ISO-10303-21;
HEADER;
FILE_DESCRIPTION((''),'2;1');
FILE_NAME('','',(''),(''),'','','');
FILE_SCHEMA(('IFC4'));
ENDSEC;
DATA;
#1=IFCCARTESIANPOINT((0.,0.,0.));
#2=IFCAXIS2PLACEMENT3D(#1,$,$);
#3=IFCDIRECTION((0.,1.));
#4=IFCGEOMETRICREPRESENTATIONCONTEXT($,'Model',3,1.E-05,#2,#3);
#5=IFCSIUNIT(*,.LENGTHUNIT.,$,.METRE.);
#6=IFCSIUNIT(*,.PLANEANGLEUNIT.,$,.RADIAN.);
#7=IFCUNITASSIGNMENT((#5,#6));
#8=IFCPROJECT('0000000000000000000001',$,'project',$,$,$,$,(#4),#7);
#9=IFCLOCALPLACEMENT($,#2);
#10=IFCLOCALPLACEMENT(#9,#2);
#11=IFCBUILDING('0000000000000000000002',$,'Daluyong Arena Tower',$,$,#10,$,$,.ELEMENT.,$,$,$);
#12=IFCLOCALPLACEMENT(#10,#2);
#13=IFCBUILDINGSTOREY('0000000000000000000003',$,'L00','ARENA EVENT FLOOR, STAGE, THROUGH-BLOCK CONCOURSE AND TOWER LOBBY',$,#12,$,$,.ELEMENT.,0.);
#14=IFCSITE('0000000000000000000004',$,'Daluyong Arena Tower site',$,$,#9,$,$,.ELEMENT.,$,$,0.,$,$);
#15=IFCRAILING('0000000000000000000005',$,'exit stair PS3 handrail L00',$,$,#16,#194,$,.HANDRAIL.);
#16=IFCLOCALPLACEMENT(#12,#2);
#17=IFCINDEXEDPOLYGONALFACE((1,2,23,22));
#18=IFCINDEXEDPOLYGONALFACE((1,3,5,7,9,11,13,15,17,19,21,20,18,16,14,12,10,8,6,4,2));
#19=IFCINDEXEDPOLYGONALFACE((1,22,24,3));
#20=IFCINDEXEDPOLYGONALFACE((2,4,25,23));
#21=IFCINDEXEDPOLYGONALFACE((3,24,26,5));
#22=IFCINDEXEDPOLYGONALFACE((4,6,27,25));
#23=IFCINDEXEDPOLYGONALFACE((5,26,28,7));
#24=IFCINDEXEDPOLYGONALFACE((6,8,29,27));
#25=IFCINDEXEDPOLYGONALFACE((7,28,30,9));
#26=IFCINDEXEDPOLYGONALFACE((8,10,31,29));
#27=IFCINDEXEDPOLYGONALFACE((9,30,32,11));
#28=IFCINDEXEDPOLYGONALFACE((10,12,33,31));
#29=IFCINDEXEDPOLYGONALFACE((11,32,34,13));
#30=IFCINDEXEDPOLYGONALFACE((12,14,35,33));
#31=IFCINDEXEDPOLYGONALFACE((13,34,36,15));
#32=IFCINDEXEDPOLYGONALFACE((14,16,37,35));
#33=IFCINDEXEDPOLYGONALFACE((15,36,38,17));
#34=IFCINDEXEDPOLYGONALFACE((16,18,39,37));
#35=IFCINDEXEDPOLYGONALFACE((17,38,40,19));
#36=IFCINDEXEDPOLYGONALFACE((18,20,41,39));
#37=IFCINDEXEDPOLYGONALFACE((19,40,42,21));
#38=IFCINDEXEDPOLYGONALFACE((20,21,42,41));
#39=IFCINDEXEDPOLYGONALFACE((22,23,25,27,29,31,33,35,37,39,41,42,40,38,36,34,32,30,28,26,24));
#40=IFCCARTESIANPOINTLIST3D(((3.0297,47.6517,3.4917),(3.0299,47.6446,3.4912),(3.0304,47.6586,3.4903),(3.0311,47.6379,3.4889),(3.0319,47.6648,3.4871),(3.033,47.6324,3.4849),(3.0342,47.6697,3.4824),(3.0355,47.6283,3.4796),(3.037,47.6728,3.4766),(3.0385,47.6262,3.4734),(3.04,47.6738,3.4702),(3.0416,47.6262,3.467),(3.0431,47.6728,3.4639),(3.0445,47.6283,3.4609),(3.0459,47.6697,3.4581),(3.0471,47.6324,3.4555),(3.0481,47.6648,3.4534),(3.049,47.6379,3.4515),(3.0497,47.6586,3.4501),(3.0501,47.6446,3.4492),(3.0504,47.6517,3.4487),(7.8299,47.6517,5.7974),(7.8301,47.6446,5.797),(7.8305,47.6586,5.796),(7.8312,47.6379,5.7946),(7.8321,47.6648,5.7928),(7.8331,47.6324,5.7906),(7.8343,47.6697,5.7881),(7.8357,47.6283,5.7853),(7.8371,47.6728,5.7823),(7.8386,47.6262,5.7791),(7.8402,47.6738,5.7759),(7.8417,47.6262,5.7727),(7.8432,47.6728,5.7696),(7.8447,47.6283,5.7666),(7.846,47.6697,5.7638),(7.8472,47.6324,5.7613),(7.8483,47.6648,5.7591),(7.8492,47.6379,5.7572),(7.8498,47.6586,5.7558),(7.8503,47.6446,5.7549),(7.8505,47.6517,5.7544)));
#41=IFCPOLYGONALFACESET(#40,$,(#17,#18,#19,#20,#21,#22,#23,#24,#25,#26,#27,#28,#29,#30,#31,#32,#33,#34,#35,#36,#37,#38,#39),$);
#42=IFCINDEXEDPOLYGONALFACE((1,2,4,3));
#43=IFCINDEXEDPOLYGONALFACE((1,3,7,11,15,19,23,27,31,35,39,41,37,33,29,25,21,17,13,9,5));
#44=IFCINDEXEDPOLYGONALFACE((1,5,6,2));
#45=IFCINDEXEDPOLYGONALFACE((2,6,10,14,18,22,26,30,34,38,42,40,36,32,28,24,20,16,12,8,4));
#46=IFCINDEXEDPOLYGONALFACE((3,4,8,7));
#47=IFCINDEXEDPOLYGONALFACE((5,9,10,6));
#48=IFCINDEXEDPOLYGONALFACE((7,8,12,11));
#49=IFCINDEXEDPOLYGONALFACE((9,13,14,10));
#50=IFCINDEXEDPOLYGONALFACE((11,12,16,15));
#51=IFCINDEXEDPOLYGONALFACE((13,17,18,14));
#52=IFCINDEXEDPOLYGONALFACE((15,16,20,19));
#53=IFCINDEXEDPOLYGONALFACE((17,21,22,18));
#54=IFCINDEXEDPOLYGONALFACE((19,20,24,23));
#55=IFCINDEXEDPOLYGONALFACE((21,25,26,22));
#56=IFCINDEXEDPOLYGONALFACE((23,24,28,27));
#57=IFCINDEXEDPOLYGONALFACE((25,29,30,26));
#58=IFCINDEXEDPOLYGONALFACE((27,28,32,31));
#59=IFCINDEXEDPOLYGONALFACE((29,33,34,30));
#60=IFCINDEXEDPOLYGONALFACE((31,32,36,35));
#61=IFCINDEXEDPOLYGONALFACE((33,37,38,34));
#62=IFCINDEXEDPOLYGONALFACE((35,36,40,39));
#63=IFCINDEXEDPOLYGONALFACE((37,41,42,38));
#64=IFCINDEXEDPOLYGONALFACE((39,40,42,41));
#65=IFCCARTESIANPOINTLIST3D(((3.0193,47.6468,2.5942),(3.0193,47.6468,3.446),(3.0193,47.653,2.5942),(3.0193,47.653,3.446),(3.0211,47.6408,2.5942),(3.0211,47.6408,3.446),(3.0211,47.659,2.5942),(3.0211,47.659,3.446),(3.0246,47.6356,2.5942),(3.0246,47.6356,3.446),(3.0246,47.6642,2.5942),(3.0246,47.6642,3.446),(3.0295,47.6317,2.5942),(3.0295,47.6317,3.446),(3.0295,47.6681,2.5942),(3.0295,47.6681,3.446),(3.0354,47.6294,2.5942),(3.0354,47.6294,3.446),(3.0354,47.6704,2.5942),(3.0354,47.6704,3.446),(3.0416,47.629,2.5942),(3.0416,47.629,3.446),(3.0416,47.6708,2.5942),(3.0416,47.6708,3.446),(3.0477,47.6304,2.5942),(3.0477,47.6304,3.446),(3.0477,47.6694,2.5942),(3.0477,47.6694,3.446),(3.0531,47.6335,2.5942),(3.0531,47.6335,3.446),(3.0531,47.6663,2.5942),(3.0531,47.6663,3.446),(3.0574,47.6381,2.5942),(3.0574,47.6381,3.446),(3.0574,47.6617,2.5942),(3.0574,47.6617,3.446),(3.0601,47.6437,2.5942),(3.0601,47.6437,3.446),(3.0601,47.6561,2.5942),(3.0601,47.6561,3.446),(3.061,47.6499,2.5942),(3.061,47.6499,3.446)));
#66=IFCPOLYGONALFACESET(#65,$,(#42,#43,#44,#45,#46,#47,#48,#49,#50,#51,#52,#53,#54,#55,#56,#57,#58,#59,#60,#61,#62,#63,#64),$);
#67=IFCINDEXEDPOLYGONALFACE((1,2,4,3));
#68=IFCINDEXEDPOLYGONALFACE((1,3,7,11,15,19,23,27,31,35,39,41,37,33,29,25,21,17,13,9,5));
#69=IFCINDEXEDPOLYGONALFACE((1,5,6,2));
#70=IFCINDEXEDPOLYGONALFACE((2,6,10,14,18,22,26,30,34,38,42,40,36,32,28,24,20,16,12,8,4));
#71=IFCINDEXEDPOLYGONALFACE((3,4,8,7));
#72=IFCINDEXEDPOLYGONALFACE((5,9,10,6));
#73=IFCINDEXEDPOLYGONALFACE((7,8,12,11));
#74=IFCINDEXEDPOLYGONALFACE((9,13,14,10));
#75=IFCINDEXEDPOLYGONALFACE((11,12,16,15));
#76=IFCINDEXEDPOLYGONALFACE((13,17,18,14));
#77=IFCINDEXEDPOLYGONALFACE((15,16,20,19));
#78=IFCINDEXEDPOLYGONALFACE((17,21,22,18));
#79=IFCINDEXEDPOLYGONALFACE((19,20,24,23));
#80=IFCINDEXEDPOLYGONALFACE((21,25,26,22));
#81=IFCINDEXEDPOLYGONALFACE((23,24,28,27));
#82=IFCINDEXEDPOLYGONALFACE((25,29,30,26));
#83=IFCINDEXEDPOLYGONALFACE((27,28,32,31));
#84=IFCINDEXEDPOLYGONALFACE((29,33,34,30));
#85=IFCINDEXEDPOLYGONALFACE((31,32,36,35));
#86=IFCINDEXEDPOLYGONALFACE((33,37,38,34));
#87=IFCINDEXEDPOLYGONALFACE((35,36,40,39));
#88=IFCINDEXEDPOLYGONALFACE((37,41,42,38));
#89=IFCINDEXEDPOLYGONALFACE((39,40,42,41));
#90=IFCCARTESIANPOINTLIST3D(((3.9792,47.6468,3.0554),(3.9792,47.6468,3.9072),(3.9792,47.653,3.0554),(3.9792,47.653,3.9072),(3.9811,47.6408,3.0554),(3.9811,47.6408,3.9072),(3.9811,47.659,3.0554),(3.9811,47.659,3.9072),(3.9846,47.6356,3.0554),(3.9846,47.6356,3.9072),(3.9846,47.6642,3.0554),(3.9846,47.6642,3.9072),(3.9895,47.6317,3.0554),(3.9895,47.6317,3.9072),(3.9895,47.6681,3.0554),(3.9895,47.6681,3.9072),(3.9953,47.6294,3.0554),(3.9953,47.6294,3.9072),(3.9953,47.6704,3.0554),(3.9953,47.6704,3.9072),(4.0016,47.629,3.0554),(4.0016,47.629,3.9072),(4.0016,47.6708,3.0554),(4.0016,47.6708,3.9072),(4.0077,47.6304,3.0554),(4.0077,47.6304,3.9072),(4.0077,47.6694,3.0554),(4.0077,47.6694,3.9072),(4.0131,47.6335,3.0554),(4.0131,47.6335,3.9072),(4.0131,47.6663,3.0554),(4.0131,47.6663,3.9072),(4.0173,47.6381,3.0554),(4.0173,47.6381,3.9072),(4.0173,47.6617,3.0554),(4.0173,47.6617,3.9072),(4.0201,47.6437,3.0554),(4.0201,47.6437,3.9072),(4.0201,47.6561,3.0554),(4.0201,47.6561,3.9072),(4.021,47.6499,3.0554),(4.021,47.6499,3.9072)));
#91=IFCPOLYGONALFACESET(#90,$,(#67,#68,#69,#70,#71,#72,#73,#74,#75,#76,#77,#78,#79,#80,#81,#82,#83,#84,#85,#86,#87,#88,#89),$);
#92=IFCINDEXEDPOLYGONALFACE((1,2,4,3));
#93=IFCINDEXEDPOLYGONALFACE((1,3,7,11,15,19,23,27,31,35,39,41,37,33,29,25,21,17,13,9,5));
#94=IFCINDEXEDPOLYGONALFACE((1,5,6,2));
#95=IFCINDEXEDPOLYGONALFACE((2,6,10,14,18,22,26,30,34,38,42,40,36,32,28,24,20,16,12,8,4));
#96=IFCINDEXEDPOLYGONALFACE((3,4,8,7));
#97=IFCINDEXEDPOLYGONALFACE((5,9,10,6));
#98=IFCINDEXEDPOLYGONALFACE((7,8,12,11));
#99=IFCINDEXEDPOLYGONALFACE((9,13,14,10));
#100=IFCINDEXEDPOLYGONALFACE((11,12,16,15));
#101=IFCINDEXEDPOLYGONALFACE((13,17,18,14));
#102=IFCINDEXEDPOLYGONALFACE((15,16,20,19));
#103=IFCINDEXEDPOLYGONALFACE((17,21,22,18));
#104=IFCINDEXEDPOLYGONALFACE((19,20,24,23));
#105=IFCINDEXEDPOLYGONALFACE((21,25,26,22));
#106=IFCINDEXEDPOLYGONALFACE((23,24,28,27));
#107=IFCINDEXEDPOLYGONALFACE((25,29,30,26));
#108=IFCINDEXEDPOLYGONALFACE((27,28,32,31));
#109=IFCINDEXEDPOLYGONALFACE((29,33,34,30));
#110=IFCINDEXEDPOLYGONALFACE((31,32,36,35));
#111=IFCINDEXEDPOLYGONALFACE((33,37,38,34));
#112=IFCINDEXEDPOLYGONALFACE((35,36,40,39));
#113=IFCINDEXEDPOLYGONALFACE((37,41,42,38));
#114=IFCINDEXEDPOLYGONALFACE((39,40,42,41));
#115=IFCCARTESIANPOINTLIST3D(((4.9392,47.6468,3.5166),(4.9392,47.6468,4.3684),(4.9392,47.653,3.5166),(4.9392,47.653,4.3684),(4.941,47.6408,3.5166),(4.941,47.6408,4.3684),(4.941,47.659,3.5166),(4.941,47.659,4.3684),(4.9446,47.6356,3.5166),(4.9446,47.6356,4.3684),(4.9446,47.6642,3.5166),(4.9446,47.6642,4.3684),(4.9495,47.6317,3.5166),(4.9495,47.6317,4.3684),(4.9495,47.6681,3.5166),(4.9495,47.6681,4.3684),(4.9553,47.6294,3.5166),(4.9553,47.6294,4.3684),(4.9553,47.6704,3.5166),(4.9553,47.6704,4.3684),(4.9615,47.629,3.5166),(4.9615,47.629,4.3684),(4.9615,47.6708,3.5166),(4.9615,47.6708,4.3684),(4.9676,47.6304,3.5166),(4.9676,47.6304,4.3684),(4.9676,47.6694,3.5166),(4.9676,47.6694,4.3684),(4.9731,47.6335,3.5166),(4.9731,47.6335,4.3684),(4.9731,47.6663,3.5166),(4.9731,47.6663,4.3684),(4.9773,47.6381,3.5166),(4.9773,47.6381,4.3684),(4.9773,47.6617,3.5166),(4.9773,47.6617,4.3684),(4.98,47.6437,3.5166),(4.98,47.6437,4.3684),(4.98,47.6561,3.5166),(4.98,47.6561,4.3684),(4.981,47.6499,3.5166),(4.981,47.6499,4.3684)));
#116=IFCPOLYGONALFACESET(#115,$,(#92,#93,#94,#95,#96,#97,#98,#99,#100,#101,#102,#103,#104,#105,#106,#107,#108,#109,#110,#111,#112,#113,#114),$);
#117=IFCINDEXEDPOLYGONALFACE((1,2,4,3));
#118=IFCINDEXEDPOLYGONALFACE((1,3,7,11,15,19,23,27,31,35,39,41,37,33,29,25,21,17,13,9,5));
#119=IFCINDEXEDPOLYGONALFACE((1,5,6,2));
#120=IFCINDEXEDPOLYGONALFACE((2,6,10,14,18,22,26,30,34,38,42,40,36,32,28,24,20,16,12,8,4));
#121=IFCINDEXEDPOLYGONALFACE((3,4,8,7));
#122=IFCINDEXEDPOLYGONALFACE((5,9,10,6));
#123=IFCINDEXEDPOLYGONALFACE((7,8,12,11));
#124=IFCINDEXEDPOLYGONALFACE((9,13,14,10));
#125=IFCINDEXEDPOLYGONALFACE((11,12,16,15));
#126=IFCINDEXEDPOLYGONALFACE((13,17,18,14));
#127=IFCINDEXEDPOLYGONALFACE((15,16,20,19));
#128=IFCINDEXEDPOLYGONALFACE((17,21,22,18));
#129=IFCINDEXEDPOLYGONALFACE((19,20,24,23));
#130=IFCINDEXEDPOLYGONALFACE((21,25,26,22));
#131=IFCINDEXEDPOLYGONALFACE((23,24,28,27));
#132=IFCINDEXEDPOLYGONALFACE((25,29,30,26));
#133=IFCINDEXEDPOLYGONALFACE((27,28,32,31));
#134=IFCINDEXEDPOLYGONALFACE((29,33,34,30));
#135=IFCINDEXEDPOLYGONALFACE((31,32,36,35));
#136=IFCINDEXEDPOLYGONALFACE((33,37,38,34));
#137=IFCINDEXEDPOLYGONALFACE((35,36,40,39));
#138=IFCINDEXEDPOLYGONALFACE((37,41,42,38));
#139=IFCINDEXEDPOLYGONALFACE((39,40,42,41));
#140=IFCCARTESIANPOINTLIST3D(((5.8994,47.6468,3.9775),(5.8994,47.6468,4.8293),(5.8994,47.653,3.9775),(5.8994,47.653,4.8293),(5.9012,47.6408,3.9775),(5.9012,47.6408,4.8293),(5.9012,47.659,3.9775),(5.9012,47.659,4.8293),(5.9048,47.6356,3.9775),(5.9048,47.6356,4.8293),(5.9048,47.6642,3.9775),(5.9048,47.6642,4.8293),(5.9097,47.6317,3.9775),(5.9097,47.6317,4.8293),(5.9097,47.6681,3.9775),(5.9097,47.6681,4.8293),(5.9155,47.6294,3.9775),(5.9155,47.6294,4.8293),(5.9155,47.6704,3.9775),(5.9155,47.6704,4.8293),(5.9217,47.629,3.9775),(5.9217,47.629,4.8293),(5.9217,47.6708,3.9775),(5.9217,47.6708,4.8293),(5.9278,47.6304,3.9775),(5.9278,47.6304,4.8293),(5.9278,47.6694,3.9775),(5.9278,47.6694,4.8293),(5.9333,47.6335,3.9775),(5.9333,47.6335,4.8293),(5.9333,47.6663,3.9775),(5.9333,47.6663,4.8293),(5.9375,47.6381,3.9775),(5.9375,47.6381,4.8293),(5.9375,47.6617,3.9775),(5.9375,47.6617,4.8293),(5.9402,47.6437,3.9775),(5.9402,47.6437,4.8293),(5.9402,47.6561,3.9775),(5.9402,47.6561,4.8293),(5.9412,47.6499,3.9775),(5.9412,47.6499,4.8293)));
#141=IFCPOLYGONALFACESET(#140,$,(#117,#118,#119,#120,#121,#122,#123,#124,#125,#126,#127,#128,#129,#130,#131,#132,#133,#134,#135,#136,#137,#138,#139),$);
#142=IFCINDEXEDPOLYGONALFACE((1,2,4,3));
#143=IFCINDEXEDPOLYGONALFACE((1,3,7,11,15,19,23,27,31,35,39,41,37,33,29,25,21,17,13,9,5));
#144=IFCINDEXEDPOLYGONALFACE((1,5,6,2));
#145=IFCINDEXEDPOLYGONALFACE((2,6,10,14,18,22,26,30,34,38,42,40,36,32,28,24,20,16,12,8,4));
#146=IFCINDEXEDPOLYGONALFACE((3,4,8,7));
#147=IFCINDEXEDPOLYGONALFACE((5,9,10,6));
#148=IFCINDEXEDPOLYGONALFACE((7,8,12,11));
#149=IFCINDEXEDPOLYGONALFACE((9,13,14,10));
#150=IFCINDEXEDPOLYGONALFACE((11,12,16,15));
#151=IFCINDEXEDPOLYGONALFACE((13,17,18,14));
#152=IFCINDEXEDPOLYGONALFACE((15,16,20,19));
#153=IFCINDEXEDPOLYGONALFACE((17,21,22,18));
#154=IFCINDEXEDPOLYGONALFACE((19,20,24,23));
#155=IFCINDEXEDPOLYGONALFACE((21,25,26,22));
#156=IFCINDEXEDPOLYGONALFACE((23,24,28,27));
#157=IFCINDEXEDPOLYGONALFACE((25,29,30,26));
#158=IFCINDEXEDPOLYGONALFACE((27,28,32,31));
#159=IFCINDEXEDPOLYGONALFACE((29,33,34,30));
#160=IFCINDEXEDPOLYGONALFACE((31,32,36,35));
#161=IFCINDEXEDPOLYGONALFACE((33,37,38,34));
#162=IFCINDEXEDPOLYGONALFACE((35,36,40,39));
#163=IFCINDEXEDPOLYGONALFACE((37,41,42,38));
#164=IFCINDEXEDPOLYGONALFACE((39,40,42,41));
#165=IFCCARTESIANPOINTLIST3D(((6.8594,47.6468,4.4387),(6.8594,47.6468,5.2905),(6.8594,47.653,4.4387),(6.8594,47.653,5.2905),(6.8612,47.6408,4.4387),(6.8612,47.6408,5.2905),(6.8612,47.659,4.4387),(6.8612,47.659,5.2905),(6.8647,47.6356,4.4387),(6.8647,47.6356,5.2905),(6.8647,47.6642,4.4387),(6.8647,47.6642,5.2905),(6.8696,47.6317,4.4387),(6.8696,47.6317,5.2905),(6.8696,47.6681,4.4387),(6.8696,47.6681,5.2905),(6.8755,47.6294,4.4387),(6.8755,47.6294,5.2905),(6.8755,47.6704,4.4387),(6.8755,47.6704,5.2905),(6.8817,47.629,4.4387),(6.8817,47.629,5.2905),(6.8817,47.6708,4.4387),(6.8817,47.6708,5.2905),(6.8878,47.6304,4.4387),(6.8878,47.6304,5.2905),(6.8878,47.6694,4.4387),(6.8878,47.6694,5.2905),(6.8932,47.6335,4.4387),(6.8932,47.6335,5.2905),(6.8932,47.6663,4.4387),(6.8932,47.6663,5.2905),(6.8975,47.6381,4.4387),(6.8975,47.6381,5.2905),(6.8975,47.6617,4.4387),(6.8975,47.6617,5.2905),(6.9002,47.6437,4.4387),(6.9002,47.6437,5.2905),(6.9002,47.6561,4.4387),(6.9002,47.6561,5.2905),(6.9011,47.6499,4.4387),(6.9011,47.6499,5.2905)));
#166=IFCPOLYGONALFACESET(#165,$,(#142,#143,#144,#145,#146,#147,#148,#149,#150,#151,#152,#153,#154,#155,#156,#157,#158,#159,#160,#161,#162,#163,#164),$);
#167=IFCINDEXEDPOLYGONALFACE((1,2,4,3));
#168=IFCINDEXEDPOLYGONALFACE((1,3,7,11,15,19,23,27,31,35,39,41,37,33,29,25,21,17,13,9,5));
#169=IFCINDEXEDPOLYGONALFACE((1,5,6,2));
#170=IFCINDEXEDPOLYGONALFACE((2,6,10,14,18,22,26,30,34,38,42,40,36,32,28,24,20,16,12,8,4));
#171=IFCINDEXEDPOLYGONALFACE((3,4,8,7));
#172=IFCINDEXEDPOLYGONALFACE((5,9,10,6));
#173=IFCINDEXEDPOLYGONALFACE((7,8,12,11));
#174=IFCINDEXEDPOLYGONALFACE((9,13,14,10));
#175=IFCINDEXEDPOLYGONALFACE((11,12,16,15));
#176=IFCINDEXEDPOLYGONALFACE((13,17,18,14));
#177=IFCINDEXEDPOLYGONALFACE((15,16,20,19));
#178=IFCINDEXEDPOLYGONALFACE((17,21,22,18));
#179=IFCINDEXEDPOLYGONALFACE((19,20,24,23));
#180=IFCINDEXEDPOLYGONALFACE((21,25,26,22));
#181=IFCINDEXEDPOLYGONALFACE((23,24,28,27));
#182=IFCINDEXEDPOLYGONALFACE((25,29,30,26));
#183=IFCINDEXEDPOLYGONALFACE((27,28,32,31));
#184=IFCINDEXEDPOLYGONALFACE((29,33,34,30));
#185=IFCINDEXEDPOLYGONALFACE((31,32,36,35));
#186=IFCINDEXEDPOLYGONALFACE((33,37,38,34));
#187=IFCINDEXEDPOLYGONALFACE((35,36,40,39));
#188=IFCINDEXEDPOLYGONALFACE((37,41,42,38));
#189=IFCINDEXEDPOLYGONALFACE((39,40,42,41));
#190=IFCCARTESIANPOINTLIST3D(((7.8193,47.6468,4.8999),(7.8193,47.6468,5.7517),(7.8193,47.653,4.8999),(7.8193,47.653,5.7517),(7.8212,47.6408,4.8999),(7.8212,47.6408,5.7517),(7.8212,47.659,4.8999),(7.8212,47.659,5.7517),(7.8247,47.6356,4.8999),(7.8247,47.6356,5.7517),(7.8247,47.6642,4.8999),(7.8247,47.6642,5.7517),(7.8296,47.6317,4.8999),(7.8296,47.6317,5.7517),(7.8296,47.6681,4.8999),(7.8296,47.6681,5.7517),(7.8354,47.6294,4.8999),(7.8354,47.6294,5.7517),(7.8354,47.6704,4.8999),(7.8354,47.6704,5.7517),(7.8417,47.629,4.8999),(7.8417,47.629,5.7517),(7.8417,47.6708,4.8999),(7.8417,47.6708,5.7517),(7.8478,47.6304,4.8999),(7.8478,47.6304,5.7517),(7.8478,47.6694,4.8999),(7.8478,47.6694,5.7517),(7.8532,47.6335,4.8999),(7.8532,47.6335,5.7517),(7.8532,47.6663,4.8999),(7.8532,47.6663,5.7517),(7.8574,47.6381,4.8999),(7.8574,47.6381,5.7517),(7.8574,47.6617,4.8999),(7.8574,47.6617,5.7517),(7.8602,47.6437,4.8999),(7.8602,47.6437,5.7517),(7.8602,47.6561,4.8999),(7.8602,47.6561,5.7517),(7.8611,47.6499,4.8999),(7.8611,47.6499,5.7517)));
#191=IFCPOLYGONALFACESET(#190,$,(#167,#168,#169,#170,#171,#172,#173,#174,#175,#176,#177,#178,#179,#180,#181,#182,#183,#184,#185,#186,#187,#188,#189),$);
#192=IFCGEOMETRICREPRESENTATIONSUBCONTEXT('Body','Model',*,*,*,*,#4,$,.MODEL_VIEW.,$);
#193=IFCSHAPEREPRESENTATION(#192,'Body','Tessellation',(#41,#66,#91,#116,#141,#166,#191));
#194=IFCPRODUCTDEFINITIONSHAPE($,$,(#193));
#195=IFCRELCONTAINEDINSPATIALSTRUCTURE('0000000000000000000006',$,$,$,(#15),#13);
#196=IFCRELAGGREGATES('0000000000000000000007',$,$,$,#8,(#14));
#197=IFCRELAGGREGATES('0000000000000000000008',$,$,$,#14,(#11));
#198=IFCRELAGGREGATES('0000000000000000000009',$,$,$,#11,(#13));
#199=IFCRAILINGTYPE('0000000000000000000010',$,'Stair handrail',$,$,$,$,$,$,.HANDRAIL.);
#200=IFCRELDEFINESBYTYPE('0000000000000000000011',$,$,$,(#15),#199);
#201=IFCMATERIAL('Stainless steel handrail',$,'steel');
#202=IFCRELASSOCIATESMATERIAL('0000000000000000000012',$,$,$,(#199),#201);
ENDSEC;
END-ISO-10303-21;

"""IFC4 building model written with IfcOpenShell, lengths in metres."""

from ifc_helpers import new_model, si_unit, direction, frame, origin, origin_2d, place, context, subcontext, project, spatial, circle, extrude, material, type_object, element, save


model = new_model("IFC4")

# Units and contexts
model_context = context("Model", 3, precision=1e-05, world=origin(), true_north=direction((0.0, 1.0)))
body_context = subcontext(model_context, "Body", "Model", "MODEL_VIEW")
ifc_project = project(units=[si_unit("LENGTHUNIT", "METRE"), si_unit("PLANEANGLEUNIT", "RADIAN")], contexts=[model_context])

# Site, building, storey
site_placement = place(None, origin())
site = spatial("IfcSite", under=ifc_project, at=site_placement, Name="Daluyong Arena Tower site", CompositionType="ELEMENT", RefElevation=0.0)
building_placement = place(site_placement, origin())
building = spatial("IfcBuilding", under=site, at=building_placement, Name="Daluyong Arena Tower", CompositionType="ELEMENT")
storey_placement = place(building_placement, origin())
storey = spatial("IfcBuildingStorey", under=building, at=storey_placement, Name="L00", Description="ARENA EVENT FLOOR, STAGE, THROUGH-BLOCK CONCOURSE AND TOWER LOBBY", CompositionType="ELEMENT", Elevation=0.0)

# Railing
ifc_material_1 = material(Name="Stainless steel handrail", Category="steel")
railing_type_1 = type_object("IfcRailingType", Name="Stair handrail", PredefinedType="HANDRAIL", material=ifc_material_1)
railing_1_placement = place(storey_placement, frame((3.04, 47.6499, 2.5942)))
element("IfcRailing", 1, at=railing_1_placement, inside=storey, type_object=railing_type_1, Name="exit stair PS3 handrail L00", PredefinedType="HANDRAIL", context=body_context, shape_type="SweptSolid", body=[
    extrude(circle(Radius=0.0239, at=origin_2d()), frame((0.0, 0.0, 0.876), z_axis=(0.901403, 0.0, 0.432981), x_axis=(0.0, 1.0, 0.0)), (0.0, 0.0, 1.0), 5.3252),
    extrude(circle(Radius=0.021, at=origin_2d()), origin(), (0.0, 0.0, 1.0), 0.8518),
    extrude(circle(Radius=0.021, at=origin_2d()), frame((0.96, 0.0, 0.4612)), (0.0, 0.0, 1.0), 0.8518),
    extrude(circle(Radius=0.021, at=origin_2d()), frame((1.9199, 0.0, 0.9224)), (0.0, 0.0, 1.0), 0.8518),
    extrude(circle(Radius=0.021, at=origin_2d()), frame((2.8801, 0.0, 1.3833)), (0.0, 0.0, 1.0), 0.8518),
    extrude(circle(Radius=0.021, at=origin_2d()), frame((3.8401, 0.0, 1.8445)), (0.0, 0.0, 1.0), 0.8518),
    extrude(circle(Radius=0.021, at=origin_2d()), frame((4.8, 0.0, 2.3057)), (0.0, 0.0, 1.0), 0.8518),
])

save(model, "model.ifc")
